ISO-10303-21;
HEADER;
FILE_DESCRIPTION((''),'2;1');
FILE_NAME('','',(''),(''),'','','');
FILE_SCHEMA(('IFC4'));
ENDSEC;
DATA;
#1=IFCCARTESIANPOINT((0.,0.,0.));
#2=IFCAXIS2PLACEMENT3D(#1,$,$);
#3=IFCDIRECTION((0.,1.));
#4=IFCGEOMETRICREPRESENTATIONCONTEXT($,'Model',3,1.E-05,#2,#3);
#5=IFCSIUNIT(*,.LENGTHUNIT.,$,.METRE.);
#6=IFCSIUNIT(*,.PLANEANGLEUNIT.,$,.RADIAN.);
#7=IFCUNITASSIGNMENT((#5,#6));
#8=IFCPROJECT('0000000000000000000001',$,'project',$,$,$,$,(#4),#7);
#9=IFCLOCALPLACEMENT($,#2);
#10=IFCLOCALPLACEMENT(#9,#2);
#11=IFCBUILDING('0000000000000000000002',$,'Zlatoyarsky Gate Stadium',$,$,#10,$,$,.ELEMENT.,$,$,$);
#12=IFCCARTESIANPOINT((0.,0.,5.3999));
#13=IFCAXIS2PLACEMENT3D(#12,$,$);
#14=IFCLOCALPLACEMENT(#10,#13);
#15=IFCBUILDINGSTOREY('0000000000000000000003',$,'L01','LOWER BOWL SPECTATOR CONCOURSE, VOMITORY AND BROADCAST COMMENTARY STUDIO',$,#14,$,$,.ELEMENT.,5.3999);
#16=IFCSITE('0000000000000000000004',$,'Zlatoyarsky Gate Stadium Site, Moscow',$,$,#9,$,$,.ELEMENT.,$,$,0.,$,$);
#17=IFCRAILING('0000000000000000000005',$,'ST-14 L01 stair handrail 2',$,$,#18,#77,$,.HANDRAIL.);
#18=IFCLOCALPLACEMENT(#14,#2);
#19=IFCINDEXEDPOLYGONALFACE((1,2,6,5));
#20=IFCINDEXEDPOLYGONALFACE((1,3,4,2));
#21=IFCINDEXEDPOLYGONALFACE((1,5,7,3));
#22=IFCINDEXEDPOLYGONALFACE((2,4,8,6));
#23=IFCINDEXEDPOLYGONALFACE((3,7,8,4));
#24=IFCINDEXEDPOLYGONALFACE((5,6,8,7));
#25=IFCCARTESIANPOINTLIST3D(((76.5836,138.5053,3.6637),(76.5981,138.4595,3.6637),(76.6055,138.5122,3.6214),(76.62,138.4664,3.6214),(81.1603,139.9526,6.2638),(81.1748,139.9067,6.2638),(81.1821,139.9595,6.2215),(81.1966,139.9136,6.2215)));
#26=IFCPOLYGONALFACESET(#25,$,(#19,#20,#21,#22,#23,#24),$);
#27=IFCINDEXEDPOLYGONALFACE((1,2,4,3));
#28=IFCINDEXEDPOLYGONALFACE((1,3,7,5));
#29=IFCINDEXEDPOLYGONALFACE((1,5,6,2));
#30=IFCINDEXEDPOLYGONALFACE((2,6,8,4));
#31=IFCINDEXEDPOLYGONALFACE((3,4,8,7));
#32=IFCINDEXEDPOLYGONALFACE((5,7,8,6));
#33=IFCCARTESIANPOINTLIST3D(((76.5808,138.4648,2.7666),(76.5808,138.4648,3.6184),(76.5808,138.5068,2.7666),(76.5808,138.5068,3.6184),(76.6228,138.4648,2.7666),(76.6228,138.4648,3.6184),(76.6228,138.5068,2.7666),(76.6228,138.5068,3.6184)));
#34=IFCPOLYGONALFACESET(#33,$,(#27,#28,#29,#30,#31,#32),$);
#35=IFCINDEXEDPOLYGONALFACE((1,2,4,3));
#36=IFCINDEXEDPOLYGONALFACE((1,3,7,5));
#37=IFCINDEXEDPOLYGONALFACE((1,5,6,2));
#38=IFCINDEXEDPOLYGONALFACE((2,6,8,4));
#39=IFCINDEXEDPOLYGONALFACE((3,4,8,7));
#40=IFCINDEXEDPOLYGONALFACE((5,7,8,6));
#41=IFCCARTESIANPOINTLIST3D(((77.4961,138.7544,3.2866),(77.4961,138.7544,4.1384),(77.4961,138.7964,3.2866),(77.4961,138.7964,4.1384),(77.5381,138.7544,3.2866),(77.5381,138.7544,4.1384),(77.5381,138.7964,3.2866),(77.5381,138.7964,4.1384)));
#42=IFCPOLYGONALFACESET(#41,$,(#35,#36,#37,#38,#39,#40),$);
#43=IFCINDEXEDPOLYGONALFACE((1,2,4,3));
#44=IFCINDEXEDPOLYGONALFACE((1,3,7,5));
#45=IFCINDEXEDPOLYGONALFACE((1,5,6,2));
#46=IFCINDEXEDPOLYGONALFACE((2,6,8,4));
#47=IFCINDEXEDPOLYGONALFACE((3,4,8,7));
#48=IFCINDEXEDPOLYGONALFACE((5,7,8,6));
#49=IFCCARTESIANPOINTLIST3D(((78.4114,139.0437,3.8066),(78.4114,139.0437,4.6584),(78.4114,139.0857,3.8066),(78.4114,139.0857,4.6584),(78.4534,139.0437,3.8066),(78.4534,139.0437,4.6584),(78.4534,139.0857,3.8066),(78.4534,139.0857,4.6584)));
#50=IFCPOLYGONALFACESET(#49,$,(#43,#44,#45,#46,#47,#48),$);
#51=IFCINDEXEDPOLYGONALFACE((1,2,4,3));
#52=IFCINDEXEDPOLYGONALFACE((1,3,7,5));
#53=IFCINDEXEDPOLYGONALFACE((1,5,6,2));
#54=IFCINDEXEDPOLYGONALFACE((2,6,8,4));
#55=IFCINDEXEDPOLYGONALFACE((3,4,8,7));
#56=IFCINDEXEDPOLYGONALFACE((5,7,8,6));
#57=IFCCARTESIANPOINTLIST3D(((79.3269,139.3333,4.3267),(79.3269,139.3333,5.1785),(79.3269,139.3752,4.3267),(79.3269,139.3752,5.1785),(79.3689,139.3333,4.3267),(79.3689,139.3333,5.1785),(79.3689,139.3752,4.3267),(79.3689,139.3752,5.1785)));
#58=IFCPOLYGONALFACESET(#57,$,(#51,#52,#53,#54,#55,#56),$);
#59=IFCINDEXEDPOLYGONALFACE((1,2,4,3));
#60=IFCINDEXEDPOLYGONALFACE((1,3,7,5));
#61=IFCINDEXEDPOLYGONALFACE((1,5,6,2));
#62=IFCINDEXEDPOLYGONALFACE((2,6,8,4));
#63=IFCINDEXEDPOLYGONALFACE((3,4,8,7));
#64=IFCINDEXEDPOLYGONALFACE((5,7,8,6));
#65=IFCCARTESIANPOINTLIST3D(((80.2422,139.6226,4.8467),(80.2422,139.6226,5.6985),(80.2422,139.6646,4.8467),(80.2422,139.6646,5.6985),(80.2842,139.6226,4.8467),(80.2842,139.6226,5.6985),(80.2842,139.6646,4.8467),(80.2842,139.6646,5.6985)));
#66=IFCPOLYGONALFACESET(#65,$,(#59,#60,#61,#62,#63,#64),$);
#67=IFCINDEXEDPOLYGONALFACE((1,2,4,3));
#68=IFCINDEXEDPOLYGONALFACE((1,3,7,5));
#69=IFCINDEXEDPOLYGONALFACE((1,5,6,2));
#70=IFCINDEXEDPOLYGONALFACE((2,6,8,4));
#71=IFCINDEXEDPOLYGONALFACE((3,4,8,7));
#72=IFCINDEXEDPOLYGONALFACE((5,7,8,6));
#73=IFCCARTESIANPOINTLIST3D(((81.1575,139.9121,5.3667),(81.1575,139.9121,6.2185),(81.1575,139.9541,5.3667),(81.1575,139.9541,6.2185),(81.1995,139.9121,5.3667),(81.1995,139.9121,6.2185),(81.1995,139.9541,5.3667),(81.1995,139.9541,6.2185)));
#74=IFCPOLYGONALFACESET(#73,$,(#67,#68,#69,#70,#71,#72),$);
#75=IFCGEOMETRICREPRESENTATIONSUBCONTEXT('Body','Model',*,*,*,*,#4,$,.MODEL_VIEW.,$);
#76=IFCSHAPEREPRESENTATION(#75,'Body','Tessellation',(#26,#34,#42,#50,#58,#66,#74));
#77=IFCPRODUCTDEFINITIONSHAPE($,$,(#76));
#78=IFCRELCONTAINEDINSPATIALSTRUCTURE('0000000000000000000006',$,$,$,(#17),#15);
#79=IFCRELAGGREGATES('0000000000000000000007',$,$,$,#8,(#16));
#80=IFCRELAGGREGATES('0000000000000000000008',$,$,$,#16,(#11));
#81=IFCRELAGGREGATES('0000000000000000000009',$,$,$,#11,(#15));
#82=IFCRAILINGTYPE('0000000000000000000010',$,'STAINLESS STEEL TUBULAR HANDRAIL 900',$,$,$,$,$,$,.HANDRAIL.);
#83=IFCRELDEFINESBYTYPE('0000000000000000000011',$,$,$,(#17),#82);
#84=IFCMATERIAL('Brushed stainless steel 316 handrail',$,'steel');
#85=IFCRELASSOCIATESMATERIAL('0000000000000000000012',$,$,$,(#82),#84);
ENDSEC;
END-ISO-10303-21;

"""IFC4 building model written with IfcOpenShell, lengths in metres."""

from ifc_helpers import new_model, si_unit, direction, frame, origin, origin_2d, place, context, subcontext, project, spatial, rectangle, extrude, material, type_object, element, save


model = new_model("IFC4")

# Units and contexts
model_context = context("Model", 3, precision=1e-05, world=origin(), true_north=direction((0.0, 1.0)))
body_context = subcontext(model_context, "Body", "Model", "MODEL_VIEW")
ifc_project = project(units=[si_unit("LENGTHUNIT", "METRE"), si_unit("PLANEANGLEUNIT", "RADIAN")], contexts=[model_context])

# Site, building, storey
site_placement = place(None, origin())
site = spatial("IfcSite", under=ifc_project, at=site_placement, Name="Zlatoyarsky Gate Stadium Site, Moscow", CompositionType="ELEMENT", RefElevation=0.0)
building_placement = place(site_placement, origin())
building = spatial("IfcBuilding", under=site, at=building_placement, Name="Zlatoyarsky Gate Stadium", CompositionType="ELEMENT")
storey_placement = place(building_placement, frame((0.0, 0.0, 5.3999)))
storey = spatial("IfcBuildingStorey", under=building, at=storey_placement, Name="L01", Description="LOWER BOWL SPECTATOR CONCOURSE, VOMITORY AND BROADCAST COMMENTARY STUDIO", CompositionType="ELEMENT", Elevation=5.3999)

# Railing
ifc_material_1 = material(Name="Brushed stainless steel 316 handrail", Category="steel")
railing_type_1 = type_object("IfcRailingType", Name="STAINLESS STEEL TUBULAR HANDRAIL 900", PredefinedType="HANDRAIL", material=ifc_material_1)
railing_1_placement = place(storey_placement, frame((76.6018, 138.4858, 2.7666)))
element("IfcRailing", 1, at=railing_1_placement, inside=storey, type_object=railing_type_1, Name="ST-14 L01 stair handrail 2", PredefinedType="HANDRAIL", context=body_context, shape_type="SweptSolid", body=[
    extrude(rectangle(XDim=0.0481, YDim=0.0481, at=origin_2d()), frame((0.0, 0.0, 0.876), z_axis=(0.838367, 0.265115, 0.476294), x_axis=(-0.301511, 0.953463, 0.0)), (0.0, 0.0, 1.0), 5.459),
    extrude(rectangle(XDim=0.042, YDim=0.042, at=origin_2d()), origin(), (0.0, 0.0, 1.0), 0.8518),
    extrude(rectangle(XDim=0.042, YDim=0.042, at=origin_2d()), frame((0.9153, 0.2896, 0.52)), (0.0, 0.0, 1.0), 0.8518),
    extrude(rectangle(XDim=0.042, YDim=0.042, at=origin_2d()), frame((1.8306, 0.5789, 1.04)), (0.0, 0.0, 1.0), 0.8518),
    extrude(rectangle(XDim=0.042, YDim=0.042, at=origin_2d()), frame((2.7461, 0.8684, 1.5601)), (0.0, 0.0, 1.0), 0.8518),
    extrude(rectangle(XDim=0.042, YDim=0.042, at=origin_2d()), frame((3.6614, 1.1577, 2.0801)), (0.0, 0.0, 1.0), 0.8518),
    extrude(rectangle(XDim=0.042, YDim=0.042, at=origin_2d()), frame((4.5767, 1.4473, 2.6001)), (0.0, 0.0, 1.0), 0.8518),
])

save(model, "model.ifc")
